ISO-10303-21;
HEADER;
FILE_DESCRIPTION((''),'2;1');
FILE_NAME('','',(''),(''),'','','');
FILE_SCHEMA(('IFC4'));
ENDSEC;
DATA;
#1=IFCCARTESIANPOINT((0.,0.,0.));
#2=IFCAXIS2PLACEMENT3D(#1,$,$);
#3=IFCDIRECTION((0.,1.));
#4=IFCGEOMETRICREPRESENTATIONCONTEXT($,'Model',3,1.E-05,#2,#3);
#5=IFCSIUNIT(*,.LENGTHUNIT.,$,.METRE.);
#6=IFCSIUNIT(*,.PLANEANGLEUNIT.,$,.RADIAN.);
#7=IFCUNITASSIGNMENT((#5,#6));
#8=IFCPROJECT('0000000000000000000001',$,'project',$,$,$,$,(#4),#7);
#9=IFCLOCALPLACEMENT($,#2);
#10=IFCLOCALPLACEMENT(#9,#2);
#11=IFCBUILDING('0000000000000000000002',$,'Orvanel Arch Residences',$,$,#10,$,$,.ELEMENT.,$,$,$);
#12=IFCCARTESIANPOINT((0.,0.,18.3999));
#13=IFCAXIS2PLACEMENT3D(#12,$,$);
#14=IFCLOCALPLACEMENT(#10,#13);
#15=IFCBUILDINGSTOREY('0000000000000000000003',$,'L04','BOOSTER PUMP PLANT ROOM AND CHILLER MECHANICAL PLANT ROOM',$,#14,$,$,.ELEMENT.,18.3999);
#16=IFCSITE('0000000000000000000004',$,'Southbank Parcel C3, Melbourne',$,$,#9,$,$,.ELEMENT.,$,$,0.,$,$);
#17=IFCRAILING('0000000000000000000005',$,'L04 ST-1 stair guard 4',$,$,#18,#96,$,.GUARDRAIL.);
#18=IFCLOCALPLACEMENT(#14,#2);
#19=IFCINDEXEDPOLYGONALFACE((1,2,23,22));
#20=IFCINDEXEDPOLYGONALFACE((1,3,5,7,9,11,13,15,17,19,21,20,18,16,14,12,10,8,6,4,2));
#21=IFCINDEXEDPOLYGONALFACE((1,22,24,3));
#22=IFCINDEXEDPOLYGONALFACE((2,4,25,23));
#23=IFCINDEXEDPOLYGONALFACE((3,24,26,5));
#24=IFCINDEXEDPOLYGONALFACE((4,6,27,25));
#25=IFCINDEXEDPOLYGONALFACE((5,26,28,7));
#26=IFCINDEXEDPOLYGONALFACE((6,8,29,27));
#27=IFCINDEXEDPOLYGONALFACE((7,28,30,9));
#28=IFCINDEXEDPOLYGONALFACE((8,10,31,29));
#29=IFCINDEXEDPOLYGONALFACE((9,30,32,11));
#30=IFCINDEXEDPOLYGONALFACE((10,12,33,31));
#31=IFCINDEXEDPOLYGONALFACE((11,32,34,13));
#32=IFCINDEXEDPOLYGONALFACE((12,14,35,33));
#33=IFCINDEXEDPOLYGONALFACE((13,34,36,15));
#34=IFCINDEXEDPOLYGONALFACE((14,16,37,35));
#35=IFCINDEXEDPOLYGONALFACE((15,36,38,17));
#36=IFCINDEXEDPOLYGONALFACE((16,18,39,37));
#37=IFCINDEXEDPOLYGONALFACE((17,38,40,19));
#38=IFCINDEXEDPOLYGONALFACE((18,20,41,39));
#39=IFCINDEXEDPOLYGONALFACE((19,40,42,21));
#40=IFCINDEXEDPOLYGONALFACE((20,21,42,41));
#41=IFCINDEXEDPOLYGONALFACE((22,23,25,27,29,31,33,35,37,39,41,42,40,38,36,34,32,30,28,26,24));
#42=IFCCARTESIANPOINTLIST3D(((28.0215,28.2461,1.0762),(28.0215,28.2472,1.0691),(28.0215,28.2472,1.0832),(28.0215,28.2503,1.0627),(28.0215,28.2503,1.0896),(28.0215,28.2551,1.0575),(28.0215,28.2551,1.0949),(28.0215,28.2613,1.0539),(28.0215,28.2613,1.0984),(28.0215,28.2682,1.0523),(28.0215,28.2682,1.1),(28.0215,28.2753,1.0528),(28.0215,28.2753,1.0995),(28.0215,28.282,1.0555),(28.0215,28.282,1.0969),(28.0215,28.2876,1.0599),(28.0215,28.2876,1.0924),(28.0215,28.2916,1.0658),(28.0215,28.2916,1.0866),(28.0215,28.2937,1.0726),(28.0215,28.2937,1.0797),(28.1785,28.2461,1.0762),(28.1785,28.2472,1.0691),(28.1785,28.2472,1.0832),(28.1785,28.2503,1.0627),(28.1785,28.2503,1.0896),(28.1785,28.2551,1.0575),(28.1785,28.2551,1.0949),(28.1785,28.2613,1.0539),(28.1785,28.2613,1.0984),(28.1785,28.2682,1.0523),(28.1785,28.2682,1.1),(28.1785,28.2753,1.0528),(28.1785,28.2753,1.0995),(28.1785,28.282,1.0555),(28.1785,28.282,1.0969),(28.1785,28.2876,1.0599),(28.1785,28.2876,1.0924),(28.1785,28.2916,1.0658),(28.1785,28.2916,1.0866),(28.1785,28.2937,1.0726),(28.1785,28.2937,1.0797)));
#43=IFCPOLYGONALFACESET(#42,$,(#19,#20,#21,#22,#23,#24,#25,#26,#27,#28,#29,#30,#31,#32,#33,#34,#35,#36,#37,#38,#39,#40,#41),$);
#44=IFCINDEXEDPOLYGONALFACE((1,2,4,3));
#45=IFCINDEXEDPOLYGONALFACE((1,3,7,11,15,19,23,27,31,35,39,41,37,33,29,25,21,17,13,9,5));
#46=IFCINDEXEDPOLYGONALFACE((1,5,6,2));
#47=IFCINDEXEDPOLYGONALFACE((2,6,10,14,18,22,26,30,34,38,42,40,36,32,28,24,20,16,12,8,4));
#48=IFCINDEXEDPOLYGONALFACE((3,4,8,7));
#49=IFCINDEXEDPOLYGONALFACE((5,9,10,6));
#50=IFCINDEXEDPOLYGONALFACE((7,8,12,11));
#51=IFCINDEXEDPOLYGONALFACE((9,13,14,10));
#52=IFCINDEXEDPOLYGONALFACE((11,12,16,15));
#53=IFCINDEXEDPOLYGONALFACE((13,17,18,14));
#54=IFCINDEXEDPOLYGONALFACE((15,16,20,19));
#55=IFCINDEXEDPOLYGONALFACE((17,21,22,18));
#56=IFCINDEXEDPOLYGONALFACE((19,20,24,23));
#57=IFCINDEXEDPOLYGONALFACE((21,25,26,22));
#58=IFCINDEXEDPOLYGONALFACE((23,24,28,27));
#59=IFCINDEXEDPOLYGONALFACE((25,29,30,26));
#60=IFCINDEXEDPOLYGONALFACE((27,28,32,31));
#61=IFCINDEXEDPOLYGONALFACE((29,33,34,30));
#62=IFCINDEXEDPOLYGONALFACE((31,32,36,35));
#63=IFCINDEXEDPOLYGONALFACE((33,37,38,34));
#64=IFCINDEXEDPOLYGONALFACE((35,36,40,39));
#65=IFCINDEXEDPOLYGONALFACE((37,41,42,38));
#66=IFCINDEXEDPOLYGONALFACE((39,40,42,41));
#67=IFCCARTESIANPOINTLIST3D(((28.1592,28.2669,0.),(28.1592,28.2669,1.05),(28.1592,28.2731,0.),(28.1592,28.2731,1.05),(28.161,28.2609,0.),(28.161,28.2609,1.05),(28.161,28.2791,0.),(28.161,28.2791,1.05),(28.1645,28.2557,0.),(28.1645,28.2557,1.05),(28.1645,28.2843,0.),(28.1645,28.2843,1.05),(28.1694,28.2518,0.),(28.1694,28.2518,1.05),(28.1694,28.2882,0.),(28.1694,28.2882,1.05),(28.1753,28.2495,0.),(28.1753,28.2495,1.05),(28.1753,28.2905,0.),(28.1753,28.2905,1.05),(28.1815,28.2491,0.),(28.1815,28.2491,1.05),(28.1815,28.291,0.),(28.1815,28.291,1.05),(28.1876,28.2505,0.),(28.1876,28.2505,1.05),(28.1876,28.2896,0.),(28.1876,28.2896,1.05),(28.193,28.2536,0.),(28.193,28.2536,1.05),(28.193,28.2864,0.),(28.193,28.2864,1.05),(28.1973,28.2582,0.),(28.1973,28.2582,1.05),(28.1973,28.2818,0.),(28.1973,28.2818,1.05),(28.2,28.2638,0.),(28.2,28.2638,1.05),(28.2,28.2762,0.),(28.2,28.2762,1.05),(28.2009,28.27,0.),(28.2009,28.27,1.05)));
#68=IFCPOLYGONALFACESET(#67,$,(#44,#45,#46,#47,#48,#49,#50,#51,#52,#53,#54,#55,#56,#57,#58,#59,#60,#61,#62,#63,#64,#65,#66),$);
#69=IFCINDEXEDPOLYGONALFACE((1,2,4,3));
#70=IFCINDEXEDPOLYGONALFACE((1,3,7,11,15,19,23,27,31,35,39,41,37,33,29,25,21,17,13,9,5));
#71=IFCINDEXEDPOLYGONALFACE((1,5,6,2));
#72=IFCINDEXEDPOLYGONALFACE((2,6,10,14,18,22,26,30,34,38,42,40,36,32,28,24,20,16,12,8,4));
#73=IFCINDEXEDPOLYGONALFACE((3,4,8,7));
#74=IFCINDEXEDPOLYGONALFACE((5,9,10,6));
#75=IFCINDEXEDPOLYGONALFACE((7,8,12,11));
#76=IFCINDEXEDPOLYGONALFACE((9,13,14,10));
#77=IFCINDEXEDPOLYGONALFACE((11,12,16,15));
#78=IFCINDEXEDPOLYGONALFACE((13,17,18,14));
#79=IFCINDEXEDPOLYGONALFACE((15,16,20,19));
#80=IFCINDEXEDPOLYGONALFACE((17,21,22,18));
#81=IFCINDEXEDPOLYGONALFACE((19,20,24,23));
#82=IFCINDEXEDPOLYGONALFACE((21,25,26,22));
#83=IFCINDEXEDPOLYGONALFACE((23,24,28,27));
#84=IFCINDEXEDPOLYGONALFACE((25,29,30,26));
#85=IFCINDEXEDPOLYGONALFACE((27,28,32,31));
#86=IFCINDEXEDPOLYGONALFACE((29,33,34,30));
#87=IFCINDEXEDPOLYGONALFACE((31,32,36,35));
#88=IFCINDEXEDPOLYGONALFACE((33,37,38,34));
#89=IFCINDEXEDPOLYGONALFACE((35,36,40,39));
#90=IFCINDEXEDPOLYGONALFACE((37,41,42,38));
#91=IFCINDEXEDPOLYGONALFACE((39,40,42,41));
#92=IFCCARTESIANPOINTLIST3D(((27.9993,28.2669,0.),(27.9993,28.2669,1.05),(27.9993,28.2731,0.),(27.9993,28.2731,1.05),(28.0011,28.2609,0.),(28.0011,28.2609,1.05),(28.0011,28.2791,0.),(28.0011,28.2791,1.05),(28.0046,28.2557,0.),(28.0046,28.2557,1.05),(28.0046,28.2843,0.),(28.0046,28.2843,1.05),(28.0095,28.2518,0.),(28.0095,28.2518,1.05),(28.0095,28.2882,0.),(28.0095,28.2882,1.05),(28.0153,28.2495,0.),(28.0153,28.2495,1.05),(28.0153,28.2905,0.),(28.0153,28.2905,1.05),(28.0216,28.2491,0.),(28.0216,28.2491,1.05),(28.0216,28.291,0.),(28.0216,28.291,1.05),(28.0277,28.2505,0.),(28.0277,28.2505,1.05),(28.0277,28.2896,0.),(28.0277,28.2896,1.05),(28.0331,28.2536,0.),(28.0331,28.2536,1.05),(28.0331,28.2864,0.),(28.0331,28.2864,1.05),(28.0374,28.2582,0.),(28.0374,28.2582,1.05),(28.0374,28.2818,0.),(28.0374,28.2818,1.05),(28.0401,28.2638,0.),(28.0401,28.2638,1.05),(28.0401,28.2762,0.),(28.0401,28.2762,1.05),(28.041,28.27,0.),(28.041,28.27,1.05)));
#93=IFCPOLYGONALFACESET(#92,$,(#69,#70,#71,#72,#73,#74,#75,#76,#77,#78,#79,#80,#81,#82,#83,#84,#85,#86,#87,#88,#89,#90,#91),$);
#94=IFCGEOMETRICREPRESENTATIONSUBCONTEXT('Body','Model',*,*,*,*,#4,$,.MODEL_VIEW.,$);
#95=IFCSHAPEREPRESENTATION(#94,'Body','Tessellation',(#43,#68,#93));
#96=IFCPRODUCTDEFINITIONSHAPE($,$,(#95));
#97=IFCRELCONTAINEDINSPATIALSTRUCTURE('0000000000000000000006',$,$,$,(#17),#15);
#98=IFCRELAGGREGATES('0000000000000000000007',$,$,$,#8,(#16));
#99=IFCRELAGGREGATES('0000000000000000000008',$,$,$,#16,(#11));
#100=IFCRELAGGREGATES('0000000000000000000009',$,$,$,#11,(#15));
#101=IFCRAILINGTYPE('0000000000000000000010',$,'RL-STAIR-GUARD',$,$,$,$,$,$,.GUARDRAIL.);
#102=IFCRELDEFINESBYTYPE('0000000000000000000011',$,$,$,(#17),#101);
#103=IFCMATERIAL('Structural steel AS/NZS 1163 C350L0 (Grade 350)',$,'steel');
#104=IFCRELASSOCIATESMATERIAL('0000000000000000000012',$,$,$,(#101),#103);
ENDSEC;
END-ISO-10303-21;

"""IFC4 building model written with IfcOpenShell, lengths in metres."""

from ifc_helpers import new_model, si_unit, direction, frame, origin, origin_2d, place, context, subcontext, project, spatial, circle, extrude, material, type_object, element, save


model = new_model("IFC4")

# Units and contexts
model_context = context("Model", 3, precision=1e-05, world=origin(), true_north=direction((0.0, 1.0)))
body_context = subcontext(model_context, "Body", "Model", "MODEL_VIEW")
ifc_project = project(units=[si_unit("LENGTHUNIT", "METRE"), si_unit("PLANEANGLEUNIT", "RADIAN")], contexts=[model_context])

# Site, building, storey
site_placement = place(None, origin())
site = spatial("IfcSite", under=ifc_project, at=site_placement, Name="Southbank Parcel C3, Melbourne", CompositionType="ELEMENT", RefElevation=0.0)
building_placement = place(site_placement, origin())
building = spatial("IfcBuilding", under=site, at=building_placement, Name="Orvanel Arch Residences", CompositionType="ELEMENT")
storey_placement = place(building_placement, frame((0.0, 0.0, 18.3999)))
storey = spatial("IfcBuildingStorey", under=building, at=storey_placement, Name="L04", Description="BOOSTER PUMP PLANT ROOM AND CHILLER MECHANICAL PLANT ROOM", CompositionType="ELEMENT", Elevation=18.3999)

# Railing
ifc_material_1 = material(Name="Structural steel AS/NZS 1163 C350L0 (Grade 350)", Category="steel")
railing_type_1 = type_object("IfcRailingType", Name="RL-STAIR-GUARD", PredefinedType="GUARDRAIL", material=ifc_material_1)
railing_1_placement = place(storey_placement, frame((28.1799, 28.27, 0.0)))
element("IfcRailing", 1, at=railing_1_placement, inside=storey, type_object=railing_type_1, Name="L04 ST-1 stair guard 4", PredefinedType="GUARDRAIL", context=body_context, shape_type="SweptSolid", body=[
    extrude(circle(Radius=0.0239, at=origin_2d()), frame((-0.0015, 0.0, 1.0762), z_axis=(-1.0, 0.0, 0.0), x_axis=(0.0, -1.0, 0.0)), (0.0, 0.0, 1.0), 0.157),
    extrude(circle(Radius=0.021, at=origin_2d()), origin(), (0.0, 0.0, 1.0), 1.05),
    extrude(circle(Radius=0.021, at=origin_2d()), frame((-0.1599, 0.0, 0.0)), (0.0, 0.0, 1.0), 1.05),
])

save(model, "model.ifc")
